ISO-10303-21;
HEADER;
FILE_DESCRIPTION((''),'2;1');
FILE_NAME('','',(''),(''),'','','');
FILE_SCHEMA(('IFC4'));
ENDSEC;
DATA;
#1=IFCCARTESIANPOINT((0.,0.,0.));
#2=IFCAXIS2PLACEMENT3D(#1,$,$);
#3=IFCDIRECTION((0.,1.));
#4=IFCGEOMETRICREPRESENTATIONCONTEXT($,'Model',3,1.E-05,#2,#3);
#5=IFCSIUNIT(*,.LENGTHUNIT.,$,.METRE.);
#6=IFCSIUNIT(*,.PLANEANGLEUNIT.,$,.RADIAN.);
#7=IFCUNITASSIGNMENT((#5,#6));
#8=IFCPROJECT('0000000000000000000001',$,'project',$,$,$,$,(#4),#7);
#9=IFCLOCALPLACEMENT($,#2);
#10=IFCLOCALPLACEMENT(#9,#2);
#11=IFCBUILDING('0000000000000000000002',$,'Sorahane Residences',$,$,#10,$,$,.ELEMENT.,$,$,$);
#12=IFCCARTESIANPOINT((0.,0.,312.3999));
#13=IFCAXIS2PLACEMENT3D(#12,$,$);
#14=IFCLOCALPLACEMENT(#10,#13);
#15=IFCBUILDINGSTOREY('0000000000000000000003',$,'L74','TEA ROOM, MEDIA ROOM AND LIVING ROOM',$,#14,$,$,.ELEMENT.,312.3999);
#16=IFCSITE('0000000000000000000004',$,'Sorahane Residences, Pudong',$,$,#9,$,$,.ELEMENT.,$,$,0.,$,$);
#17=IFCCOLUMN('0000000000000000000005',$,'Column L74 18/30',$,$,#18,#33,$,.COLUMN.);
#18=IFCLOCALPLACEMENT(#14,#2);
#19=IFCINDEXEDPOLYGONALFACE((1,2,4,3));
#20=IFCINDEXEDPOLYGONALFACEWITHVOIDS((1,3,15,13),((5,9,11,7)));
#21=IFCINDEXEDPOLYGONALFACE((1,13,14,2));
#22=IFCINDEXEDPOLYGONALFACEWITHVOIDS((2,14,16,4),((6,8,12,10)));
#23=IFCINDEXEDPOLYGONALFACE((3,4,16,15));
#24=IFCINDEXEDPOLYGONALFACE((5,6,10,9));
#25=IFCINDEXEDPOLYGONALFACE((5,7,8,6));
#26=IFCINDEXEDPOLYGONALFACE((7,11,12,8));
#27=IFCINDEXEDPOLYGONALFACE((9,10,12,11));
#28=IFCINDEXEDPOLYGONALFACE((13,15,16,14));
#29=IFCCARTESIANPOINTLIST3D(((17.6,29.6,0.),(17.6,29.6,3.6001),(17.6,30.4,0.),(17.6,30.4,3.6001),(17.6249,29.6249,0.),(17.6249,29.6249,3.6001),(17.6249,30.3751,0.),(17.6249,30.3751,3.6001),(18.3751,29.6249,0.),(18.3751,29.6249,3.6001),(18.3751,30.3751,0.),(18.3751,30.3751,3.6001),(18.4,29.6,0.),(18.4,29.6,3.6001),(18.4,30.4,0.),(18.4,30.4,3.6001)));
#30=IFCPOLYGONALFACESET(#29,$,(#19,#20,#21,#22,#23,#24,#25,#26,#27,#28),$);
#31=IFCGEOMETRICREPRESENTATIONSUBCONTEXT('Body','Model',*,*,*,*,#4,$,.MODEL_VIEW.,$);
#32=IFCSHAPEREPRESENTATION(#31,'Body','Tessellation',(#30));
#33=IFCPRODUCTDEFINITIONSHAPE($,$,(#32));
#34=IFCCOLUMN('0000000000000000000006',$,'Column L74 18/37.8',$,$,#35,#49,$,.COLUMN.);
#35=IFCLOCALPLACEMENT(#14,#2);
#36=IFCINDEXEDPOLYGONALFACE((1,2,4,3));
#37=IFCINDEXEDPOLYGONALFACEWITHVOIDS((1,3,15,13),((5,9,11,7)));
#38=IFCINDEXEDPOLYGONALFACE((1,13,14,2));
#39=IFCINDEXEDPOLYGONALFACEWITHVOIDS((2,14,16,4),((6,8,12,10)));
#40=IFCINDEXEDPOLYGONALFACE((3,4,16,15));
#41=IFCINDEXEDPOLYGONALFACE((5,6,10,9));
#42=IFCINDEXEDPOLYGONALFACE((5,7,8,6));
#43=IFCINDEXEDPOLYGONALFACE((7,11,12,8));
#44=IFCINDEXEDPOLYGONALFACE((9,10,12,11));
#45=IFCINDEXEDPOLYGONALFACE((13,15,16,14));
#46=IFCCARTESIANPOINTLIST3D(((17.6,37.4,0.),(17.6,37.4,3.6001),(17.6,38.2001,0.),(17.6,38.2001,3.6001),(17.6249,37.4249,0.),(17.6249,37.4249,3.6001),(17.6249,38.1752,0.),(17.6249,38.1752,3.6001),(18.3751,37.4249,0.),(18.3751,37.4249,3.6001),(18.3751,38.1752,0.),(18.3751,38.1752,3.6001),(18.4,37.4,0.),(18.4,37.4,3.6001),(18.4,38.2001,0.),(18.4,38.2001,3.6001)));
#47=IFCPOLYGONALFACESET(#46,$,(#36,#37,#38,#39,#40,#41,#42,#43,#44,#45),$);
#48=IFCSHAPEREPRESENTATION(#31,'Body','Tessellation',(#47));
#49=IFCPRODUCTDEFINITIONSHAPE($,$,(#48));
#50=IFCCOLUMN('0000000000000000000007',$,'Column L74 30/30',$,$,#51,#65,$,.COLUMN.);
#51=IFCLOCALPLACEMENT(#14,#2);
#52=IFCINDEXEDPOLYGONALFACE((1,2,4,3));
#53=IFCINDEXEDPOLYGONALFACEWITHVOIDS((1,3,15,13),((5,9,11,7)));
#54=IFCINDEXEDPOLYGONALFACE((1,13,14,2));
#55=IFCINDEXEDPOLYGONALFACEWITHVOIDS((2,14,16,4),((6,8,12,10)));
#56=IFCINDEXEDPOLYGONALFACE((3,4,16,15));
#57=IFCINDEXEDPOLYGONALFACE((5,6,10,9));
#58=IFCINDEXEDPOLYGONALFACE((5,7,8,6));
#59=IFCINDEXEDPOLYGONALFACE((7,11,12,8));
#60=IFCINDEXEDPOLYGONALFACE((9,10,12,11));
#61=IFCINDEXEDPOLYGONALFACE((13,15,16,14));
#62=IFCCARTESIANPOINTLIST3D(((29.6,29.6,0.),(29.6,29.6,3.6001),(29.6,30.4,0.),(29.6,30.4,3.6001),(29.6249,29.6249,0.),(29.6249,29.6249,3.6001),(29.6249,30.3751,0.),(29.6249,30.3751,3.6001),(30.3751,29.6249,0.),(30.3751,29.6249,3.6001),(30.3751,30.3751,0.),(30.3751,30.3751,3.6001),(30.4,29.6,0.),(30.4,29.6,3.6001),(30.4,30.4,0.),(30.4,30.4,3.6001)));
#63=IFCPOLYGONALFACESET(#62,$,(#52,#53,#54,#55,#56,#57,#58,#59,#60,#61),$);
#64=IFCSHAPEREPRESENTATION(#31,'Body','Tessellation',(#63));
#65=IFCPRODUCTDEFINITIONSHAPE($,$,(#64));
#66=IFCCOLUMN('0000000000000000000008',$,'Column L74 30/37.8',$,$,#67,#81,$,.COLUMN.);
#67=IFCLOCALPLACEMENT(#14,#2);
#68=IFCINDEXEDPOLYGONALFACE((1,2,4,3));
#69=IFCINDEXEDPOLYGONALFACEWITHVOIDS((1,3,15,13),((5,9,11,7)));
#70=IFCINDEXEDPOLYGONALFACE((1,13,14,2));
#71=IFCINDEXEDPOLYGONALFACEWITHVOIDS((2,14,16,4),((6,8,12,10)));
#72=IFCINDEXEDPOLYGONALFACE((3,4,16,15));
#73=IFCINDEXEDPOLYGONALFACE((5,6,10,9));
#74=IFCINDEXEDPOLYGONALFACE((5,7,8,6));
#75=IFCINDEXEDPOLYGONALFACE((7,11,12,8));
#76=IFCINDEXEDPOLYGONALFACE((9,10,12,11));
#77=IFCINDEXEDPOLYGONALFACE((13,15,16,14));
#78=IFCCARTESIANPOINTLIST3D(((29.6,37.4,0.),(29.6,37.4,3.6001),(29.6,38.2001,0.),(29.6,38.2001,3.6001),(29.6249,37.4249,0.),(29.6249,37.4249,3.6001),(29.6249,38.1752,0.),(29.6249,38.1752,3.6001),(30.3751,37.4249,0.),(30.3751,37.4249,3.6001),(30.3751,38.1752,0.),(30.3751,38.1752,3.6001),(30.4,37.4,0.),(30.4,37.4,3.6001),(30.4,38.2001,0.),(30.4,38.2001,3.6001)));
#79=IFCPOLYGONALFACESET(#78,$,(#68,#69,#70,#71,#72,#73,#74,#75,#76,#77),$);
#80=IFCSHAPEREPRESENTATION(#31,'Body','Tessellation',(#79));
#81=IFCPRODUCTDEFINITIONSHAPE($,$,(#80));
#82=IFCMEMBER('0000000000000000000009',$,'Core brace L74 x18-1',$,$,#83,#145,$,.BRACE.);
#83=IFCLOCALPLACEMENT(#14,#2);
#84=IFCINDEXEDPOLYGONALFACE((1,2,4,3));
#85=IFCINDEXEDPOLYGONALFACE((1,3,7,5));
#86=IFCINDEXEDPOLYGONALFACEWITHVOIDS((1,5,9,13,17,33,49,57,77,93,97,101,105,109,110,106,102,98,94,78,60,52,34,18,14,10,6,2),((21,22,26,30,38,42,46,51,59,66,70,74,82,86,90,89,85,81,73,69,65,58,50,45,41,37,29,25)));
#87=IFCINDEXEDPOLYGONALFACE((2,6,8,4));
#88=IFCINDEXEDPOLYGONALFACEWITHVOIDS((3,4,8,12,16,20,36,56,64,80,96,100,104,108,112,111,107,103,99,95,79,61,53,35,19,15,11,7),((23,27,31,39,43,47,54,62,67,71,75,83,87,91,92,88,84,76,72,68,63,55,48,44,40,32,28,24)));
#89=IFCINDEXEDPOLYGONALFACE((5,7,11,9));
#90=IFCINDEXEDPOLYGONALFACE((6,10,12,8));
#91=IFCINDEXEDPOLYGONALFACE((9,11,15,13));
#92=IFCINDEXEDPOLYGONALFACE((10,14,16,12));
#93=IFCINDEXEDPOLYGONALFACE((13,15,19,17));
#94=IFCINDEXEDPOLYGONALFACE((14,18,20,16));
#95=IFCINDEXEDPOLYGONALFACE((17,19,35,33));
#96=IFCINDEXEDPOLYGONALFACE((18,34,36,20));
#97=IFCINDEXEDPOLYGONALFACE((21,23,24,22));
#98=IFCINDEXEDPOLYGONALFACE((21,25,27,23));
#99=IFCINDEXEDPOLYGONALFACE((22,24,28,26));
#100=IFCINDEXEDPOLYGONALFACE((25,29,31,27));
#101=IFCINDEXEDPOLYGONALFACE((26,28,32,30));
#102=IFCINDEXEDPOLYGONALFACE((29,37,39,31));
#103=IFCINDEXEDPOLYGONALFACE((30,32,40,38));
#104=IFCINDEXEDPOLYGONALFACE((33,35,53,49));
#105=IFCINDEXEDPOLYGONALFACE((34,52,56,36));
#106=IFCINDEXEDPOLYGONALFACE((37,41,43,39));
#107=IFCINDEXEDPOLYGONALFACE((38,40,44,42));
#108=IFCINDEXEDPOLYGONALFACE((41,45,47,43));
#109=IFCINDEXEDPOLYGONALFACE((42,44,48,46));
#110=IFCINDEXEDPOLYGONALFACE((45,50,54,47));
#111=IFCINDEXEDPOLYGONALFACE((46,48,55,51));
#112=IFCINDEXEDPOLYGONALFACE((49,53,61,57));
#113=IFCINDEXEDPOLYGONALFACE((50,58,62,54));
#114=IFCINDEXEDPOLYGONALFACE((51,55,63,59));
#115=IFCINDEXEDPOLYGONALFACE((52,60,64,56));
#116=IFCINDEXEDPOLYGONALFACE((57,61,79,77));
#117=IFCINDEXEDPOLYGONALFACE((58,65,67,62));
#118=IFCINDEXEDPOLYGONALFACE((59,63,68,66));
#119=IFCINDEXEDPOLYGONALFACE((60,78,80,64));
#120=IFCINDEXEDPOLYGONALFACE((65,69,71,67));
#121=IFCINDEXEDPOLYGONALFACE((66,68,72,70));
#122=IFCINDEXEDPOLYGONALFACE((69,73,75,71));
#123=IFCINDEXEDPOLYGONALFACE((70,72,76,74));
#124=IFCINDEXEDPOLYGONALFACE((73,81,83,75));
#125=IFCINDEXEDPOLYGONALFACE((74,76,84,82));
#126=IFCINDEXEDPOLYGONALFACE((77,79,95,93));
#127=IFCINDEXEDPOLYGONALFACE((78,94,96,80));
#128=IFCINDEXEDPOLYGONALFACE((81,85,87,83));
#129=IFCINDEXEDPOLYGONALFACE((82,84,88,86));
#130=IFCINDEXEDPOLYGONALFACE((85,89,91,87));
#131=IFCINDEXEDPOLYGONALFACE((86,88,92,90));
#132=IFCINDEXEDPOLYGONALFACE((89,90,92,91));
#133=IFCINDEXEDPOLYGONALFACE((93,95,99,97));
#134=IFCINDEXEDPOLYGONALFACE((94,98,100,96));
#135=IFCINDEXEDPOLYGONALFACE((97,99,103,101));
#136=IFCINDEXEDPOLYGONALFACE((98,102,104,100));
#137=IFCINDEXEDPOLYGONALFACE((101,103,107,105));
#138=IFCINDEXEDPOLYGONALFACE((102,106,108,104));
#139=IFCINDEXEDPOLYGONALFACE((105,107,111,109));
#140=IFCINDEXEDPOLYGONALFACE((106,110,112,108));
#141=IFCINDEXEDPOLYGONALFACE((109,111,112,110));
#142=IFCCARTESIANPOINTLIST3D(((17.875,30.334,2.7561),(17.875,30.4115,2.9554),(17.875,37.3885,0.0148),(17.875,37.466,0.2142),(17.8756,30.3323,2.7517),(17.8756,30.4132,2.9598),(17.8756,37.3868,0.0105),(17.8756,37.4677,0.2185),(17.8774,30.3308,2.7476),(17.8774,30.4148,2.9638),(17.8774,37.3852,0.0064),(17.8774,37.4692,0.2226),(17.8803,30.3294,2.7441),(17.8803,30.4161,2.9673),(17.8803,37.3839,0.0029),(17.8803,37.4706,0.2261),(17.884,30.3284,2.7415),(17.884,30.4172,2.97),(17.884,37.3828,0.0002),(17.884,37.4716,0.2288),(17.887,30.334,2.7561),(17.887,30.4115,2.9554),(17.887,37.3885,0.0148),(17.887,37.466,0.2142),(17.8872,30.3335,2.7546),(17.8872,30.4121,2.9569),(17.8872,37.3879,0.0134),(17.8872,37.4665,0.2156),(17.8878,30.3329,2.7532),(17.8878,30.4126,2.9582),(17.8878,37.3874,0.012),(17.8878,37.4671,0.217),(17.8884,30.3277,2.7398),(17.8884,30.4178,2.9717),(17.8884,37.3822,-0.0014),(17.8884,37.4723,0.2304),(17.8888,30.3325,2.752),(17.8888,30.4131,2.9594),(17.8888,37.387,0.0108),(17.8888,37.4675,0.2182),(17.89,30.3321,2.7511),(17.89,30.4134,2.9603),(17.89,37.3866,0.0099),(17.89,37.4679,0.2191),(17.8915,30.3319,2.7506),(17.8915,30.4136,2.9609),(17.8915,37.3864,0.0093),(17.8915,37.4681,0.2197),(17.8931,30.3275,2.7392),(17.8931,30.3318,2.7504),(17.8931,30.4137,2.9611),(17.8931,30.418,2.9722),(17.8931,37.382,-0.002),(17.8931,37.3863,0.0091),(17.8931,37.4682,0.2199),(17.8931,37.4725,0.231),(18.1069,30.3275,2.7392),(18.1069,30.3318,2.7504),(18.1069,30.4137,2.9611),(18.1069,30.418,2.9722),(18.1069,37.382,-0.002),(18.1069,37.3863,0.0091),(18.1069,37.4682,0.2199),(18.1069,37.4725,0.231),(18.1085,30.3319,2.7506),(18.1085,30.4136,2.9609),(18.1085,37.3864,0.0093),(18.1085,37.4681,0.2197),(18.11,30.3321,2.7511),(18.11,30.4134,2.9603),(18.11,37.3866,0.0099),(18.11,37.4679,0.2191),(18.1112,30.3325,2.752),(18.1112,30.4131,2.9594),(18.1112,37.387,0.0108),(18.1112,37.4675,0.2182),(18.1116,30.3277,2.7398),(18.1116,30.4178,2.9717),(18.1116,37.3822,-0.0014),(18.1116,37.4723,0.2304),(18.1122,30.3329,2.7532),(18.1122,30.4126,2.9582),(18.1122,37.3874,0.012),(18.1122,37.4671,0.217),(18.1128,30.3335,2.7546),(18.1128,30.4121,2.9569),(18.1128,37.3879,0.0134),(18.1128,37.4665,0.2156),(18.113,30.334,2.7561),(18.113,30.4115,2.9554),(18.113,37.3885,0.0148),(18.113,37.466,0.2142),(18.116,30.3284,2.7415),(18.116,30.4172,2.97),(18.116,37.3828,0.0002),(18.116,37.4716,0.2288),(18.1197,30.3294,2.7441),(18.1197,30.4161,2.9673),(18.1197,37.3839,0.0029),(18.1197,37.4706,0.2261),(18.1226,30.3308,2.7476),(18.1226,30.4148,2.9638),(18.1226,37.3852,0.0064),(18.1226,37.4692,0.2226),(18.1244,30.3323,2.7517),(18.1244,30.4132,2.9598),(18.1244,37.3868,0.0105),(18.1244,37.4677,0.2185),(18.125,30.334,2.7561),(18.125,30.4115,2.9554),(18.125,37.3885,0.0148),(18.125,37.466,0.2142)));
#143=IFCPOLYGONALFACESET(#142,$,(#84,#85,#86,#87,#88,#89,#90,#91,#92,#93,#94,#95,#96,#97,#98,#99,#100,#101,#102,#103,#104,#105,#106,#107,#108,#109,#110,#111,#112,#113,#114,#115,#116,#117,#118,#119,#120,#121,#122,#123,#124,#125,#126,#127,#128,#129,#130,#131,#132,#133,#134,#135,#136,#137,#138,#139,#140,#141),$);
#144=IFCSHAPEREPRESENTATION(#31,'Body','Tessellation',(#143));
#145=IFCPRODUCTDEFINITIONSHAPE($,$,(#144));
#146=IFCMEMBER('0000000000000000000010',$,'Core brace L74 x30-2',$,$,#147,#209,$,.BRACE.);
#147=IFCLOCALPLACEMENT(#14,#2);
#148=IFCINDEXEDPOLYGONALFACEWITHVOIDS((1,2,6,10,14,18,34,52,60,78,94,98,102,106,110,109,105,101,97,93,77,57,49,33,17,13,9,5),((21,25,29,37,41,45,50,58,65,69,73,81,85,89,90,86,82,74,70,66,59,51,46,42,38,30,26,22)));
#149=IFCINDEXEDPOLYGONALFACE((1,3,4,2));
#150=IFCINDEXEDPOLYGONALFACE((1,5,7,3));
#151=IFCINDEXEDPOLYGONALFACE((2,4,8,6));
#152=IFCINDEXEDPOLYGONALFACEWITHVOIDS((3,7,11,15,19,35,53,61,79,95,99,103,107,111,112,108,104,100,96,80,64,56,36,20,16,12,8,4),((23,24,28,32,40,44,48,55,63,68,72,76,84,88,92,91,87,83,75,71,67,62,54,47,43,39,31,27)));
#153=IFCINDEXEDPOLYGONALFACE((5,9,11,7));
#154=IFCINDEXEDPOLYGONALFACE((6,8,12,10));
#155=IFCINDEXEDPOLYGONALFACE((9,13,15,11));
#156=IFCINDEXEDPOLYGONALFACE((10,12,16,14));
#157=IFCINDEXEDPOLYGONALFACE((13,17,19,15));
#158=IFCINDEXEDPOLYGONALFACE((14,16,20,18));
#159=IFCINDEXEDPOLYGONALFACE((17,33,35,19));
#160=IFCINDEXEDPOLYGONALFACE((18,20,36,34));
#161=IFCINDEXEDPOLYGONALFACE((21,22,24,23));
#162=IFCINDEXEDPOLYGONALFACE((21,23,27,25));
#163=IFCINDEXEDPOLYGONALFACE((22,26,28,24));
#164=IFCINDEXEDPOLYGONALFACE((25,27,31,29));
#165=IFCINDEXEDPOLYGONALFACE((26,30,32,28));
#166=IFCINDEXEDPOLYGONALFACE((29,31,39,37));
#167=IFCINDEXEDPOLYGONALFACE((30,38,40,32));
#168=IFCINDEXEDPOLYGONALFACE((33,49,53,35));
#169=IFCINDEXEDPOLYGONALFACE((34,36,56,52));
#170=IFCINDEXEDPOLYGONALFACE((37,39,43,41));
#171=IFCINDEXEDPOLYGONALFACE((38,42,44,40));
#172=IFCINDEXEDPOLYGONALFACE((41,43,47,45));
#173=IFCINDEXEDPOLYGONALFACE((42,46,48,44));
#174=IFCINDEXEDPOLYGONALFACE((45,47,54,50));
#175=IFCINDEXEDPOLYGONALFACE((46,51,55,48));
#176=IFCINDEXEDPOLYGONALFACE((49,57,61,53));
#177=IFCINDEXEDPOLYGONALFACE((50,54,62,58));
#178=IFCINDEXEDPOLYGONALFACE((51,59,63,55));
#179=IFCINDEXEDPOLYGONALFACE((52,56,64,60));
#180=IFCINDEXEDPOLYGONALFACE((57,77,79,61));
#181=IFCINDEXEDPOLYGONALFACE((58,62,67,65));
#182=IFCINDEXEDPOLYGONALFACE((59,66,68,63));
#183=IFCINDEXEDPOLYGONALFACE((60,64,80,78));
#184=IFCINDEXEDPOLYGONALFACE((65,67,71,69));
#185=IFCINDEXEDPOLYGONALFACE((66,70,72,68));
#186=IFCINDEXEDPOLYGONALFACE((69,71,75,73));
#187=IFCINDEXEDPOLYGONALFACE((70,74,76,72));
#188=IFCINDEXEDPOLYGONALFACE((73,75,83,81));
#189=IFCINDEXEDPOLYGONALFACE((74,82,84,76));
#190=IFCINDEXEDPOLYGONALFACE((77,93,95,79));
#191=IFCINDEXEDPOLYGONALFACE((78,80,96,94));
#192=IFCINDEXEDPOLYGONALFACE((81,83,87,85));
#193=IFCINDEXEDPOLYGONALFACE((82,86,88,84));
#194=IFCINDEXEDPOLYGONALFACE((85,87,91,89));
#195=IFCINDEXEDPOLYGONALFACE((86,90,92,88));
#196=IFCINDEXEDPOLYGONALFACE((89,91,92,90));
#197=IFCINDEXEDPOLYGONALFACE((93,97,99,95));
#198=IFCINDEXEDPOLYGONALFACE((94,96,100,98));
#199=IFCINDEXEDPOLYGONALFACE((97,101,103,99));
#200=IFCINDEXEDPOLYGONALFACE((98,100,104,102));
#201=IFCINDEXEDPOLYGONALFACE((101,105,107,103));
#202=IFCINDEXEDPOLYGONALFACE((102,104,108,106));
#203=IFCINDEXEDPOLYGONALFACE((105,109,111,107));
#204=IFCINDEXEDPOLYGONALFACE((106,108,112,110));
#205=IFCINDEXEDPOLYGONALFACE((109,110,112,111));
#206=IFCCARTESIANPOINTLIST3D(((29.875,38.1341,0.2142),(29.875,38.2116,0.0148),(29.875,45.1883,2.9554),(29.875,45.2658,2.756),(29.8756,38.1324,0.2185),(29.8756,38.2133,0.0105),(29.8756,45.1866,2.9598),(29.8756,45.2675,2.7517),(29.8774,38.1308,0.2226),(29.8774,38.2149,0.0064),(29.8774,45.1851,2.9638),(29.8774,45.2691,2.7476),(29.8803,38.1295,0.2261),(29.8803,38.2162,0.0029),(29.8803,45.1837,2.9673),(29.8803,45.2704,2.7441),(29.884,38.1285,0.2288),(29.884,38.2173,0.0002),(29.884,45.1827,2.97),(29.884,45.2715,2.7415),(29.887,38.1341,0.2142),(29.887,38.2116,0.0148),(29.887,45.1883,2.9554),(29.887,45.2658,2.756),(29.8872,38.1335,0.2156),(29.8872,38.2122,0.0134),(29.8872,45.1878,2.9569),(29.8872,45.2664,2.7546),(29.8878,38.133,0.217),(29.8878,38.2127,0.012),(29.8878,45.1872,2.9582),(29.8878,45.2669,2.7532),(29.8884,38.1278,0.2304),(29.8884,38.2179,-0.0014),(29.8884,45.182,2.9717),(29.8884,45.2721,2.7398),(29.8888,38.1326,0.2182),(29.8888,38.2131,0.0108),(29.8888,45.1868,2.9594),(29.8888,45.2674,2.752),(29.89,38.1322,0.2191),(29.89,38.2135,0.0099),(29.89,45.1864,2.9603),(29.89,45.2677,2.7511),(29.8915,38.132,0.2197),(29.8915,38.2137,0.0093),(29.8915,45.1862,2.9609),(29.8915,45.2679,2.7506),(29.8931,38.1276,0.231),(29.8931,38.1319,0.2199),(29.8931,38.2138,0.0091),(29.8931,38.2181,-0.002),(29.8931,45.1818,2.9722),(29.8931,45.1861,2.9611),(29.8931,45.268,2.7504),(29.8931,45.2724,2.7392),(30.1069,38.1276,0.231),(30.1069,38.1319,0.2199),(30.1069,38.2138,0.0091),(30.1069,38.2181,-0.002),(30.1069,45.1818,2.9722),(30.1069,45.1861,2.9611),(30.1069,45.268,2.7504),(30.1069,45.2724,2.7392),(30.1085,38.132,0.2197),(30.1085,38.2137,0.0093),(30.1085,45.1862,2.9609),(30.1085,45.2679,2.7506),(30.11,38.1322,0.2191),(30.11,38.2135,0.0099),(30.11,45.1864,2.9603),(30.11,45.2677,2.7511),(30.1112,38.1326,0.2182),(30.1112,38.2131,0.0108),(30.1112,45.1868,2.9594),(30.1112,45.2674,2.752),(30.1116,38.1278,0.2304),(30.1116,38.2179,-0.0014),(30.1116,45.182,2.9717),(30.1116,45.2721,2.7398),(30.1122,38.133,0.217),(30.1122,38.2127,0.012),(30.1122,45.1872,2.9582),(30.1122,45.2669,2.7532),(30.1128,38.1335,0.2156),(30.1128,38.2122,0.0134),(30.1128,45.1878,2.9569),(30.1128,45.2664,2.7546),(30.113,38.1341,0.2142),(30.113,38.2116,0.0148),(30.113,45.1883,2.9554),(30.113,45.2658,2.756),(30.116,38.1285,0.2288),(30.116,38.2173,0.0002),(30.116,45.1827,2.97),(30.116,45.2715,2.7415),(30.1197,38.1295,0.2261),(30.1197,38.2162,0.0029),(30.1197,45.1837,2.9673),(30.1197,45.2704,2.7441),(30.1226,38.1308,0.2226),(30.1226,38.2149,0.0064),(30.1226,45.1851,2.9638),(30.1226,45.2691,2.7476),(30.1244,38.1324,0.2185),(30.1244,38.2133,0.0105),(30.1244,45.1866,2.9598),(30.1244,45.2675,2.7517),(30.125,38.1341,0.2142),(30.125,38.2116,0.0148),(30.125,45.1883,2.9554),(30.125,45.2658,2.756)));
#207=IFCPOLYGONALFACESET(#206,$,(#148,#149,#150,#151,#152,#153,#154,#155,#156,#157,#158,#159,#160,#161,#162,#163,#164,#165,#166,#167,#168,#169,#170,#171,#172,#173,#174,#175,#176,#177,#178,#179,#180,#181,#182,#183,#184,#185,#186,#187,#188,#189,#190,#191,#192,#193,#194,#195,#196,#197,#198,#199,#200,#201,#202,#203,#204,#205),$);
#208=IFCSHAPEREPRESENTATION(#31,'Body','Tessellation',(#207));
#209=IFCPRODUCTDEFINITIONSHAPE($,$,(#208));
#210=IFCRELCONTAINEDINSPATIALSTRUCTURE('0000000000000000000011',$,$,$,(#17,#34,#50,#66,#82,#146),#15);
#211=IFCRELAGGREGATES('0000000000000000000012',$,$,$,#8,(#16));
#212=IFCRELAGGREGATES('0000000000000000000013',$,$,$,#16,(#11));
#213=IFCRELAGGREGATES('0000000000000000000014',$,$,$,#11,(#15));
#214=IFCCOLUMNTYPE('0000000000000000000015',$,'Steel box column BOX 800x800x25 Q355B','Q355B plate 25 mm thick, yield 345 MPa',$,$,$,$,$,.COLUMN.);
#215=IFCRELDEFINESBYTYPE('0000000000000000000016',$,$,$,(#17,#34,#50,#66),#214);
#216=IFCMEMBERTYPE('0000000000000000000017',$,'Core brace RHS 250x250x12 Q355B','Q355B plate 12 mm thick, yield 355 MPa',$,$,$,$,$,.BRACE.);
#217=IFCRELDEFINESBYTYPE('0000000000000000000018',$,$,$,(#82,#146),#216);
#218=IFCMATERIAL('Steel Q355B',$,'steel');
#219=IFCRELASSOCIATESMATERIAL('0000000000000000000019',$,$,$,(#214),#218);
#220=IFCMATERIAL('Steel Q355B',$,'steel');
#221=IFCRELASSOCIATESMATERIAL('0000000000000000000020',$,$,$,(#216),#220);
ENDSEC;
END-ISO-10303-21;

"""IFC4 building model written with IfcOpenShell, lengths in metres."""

from ifc_helpers import new_model, si_unit, direction, frame, origin, origin_2d, place, context, subcontext, project, spatial, hollow_rectangle, extrude, material, material_profile, profile_set, type_object, element, save


model = new_model("IFC4")

# Units and contexts
model_context = context("Model", 3, precision=1e-05, world=origin(), true_north=direction((0.0, 1.0)))
body_context = subcontext(model_context, "Body", "Model", "MODEL_VIEW")
ifc_project = project(units=[si_unit("LENGTHUNIT", "METRE"), si_unit("PLANEANGLEUNIT", "RADIAN")], contexts=[model_context])

# Site, building, storey
site_placement = place(None, origin())
site = spatial("IfcSite", under=ifc_project, at=site_placement, Name="Sorahane Residences, Pudong", CompositionType="ELEMENT", RefElevation=0.0)
building_placement = place(site_placement, origin())
building = spatial("IfcBuilding", under=site, at=building_placement, Name="Sorahane Residences", CompositionType="ELEMENT")
storey_placement = place(building_placement, frame((0.0, 0.0, 312.3999)))
storey = spatial("IfcBuildingStorey", under=building, at=storey_placement, Name="L74", Description="TEA ROOM, MEDIA ROOM AND LIVING ROOM", CompositionType="ELEMENT", Elevation=312.3999)

# Columns
ifc_material_1 = material(Name="Steel Q355B", Category="steel")
ifc_material_profile_1 = material_profile(ifc_material_1, hollow_rectangle(XDim=0.8, YDim=0.8, WallThickness=0.0249, at=origin_2d()), Name="BOX 800x800x25")
ifc_profile_set_1 = profile_set([ifc_material_profile_1], Name="Steel Q355B")
column_type = type_object("IfcColumnType", Name="Steel box column BOX 800x800x25 Q355B", Description="Q355B plate 25 mm thick, yield 345 MPa", PredefinedType="COLUMN", material=ifc_profile_set_1)
for number, where, z_axis, x_axis, name in (
    (1, (18.0, 30.0, 0.0), (0.0, 0.0, 1.0), (1.0, 0.0, 0.0), "Column L74 18/30"),
    (2, (18.0, 37.8, 0.0), (0.0, 0.0, 1.0), (1.0, 0.0, 0.0), "Column L74 18/37.8"),
    (3, (30.0, 30.0, 0.0), (0.0, 0.0, 1.0), (1.0, 0.0, 0.0), "Column L74 30/30"),
    (4, (30.0, 37.8, 0.0), (0.0, 0.0, 1.0), (1.0, 0.0, 0.0), "Column L74 30/37.8"),
):
    element("IfcColumn", number, at=place(storey_placement, frame(where, z_axis=z_axis, x_axis=x_axis)), inside=storey, type_object=column_type, Name=name, PredefinedType="COLUMN", context=body_context, shape_type="SweptSolid", body=[
        extrude(hollow_rectangle(XDim=0.8, YDim=0.8, WallThickness=0.0249, at=origin_2d()), origin(), (0.0, 0.0, 1.0), 3.6001),
    ])

# Members
ifc_material_2 = material(Name="Steel Q355B", Category="steel")
ifc_material_profile_2 = material_profile(ifc_material_2, hollow_rectangle(XDim=0.25, YDim=0.25, WallThickness=0.012, InnerFilletRadius=0.0061, OuterFilletRadius=0.0181, at=origin_2d()), Name="RHS 250x250x12")
ifc_profile_set_2 = profile_set([ifc_material_profile_2], Name="Steel Q355B")
member_type = type_object("IfcMemberType", Name="Core brace RHS 250x250x12 Q355B", Description="Q355B plate 12 mm thick, yield 355 MPa", PredefinedType="BRACE", material=ifc_profile_set_2)
member_1_placement = place(storey_placement, frame((18.0, 37.4272, 0.1145), z_axis=(0.0, -0.932102, 0.362196), x_axis=(1.0, 0.0, 0.0)))
element("IfcMember", 5, at=member_1_placement, inside=storey, type_object=member_type, Name="Core brace L74 x18-1", PredefinedType="BRACE", context=body_context, shape_type="SweptSolid", body=[
    extrude(hollow_rectangle(XDim=0.25, YDim=0.25, WallThickness=0.012, InnerFilletRadius=0.0061, OuterFilletRadius=0.0181, at=origin_2d()), origin(), (0.0, 0.0, 1.0), 7.5684),
])
member_2_placement = place(storey_placement, frame((30.0, 38.1729, 0.1145), z_axis=(0.0, 0.932098, 0.362207), x_axis=(-1.0, 0.0, 0.0)))
element("IfcMember", 6, at=member_2_placement, inside=storey, type_object=member_type, Name="Core brace L74 x30-2", PredefinedType="BRACE", context=body_context, shape_type="SweptSolid", body=[
    extrude(hollow_rectangle(XDim=0.25, YDim=0.25, WallThickness=0.012, InnerFilletRadius=0.0061, OuterFilletRadius=0.0181, at=origin_2d()), origin(), (0.0, 0.0, 1.0), 7.5681),
])

save(model, "model.ifc")
